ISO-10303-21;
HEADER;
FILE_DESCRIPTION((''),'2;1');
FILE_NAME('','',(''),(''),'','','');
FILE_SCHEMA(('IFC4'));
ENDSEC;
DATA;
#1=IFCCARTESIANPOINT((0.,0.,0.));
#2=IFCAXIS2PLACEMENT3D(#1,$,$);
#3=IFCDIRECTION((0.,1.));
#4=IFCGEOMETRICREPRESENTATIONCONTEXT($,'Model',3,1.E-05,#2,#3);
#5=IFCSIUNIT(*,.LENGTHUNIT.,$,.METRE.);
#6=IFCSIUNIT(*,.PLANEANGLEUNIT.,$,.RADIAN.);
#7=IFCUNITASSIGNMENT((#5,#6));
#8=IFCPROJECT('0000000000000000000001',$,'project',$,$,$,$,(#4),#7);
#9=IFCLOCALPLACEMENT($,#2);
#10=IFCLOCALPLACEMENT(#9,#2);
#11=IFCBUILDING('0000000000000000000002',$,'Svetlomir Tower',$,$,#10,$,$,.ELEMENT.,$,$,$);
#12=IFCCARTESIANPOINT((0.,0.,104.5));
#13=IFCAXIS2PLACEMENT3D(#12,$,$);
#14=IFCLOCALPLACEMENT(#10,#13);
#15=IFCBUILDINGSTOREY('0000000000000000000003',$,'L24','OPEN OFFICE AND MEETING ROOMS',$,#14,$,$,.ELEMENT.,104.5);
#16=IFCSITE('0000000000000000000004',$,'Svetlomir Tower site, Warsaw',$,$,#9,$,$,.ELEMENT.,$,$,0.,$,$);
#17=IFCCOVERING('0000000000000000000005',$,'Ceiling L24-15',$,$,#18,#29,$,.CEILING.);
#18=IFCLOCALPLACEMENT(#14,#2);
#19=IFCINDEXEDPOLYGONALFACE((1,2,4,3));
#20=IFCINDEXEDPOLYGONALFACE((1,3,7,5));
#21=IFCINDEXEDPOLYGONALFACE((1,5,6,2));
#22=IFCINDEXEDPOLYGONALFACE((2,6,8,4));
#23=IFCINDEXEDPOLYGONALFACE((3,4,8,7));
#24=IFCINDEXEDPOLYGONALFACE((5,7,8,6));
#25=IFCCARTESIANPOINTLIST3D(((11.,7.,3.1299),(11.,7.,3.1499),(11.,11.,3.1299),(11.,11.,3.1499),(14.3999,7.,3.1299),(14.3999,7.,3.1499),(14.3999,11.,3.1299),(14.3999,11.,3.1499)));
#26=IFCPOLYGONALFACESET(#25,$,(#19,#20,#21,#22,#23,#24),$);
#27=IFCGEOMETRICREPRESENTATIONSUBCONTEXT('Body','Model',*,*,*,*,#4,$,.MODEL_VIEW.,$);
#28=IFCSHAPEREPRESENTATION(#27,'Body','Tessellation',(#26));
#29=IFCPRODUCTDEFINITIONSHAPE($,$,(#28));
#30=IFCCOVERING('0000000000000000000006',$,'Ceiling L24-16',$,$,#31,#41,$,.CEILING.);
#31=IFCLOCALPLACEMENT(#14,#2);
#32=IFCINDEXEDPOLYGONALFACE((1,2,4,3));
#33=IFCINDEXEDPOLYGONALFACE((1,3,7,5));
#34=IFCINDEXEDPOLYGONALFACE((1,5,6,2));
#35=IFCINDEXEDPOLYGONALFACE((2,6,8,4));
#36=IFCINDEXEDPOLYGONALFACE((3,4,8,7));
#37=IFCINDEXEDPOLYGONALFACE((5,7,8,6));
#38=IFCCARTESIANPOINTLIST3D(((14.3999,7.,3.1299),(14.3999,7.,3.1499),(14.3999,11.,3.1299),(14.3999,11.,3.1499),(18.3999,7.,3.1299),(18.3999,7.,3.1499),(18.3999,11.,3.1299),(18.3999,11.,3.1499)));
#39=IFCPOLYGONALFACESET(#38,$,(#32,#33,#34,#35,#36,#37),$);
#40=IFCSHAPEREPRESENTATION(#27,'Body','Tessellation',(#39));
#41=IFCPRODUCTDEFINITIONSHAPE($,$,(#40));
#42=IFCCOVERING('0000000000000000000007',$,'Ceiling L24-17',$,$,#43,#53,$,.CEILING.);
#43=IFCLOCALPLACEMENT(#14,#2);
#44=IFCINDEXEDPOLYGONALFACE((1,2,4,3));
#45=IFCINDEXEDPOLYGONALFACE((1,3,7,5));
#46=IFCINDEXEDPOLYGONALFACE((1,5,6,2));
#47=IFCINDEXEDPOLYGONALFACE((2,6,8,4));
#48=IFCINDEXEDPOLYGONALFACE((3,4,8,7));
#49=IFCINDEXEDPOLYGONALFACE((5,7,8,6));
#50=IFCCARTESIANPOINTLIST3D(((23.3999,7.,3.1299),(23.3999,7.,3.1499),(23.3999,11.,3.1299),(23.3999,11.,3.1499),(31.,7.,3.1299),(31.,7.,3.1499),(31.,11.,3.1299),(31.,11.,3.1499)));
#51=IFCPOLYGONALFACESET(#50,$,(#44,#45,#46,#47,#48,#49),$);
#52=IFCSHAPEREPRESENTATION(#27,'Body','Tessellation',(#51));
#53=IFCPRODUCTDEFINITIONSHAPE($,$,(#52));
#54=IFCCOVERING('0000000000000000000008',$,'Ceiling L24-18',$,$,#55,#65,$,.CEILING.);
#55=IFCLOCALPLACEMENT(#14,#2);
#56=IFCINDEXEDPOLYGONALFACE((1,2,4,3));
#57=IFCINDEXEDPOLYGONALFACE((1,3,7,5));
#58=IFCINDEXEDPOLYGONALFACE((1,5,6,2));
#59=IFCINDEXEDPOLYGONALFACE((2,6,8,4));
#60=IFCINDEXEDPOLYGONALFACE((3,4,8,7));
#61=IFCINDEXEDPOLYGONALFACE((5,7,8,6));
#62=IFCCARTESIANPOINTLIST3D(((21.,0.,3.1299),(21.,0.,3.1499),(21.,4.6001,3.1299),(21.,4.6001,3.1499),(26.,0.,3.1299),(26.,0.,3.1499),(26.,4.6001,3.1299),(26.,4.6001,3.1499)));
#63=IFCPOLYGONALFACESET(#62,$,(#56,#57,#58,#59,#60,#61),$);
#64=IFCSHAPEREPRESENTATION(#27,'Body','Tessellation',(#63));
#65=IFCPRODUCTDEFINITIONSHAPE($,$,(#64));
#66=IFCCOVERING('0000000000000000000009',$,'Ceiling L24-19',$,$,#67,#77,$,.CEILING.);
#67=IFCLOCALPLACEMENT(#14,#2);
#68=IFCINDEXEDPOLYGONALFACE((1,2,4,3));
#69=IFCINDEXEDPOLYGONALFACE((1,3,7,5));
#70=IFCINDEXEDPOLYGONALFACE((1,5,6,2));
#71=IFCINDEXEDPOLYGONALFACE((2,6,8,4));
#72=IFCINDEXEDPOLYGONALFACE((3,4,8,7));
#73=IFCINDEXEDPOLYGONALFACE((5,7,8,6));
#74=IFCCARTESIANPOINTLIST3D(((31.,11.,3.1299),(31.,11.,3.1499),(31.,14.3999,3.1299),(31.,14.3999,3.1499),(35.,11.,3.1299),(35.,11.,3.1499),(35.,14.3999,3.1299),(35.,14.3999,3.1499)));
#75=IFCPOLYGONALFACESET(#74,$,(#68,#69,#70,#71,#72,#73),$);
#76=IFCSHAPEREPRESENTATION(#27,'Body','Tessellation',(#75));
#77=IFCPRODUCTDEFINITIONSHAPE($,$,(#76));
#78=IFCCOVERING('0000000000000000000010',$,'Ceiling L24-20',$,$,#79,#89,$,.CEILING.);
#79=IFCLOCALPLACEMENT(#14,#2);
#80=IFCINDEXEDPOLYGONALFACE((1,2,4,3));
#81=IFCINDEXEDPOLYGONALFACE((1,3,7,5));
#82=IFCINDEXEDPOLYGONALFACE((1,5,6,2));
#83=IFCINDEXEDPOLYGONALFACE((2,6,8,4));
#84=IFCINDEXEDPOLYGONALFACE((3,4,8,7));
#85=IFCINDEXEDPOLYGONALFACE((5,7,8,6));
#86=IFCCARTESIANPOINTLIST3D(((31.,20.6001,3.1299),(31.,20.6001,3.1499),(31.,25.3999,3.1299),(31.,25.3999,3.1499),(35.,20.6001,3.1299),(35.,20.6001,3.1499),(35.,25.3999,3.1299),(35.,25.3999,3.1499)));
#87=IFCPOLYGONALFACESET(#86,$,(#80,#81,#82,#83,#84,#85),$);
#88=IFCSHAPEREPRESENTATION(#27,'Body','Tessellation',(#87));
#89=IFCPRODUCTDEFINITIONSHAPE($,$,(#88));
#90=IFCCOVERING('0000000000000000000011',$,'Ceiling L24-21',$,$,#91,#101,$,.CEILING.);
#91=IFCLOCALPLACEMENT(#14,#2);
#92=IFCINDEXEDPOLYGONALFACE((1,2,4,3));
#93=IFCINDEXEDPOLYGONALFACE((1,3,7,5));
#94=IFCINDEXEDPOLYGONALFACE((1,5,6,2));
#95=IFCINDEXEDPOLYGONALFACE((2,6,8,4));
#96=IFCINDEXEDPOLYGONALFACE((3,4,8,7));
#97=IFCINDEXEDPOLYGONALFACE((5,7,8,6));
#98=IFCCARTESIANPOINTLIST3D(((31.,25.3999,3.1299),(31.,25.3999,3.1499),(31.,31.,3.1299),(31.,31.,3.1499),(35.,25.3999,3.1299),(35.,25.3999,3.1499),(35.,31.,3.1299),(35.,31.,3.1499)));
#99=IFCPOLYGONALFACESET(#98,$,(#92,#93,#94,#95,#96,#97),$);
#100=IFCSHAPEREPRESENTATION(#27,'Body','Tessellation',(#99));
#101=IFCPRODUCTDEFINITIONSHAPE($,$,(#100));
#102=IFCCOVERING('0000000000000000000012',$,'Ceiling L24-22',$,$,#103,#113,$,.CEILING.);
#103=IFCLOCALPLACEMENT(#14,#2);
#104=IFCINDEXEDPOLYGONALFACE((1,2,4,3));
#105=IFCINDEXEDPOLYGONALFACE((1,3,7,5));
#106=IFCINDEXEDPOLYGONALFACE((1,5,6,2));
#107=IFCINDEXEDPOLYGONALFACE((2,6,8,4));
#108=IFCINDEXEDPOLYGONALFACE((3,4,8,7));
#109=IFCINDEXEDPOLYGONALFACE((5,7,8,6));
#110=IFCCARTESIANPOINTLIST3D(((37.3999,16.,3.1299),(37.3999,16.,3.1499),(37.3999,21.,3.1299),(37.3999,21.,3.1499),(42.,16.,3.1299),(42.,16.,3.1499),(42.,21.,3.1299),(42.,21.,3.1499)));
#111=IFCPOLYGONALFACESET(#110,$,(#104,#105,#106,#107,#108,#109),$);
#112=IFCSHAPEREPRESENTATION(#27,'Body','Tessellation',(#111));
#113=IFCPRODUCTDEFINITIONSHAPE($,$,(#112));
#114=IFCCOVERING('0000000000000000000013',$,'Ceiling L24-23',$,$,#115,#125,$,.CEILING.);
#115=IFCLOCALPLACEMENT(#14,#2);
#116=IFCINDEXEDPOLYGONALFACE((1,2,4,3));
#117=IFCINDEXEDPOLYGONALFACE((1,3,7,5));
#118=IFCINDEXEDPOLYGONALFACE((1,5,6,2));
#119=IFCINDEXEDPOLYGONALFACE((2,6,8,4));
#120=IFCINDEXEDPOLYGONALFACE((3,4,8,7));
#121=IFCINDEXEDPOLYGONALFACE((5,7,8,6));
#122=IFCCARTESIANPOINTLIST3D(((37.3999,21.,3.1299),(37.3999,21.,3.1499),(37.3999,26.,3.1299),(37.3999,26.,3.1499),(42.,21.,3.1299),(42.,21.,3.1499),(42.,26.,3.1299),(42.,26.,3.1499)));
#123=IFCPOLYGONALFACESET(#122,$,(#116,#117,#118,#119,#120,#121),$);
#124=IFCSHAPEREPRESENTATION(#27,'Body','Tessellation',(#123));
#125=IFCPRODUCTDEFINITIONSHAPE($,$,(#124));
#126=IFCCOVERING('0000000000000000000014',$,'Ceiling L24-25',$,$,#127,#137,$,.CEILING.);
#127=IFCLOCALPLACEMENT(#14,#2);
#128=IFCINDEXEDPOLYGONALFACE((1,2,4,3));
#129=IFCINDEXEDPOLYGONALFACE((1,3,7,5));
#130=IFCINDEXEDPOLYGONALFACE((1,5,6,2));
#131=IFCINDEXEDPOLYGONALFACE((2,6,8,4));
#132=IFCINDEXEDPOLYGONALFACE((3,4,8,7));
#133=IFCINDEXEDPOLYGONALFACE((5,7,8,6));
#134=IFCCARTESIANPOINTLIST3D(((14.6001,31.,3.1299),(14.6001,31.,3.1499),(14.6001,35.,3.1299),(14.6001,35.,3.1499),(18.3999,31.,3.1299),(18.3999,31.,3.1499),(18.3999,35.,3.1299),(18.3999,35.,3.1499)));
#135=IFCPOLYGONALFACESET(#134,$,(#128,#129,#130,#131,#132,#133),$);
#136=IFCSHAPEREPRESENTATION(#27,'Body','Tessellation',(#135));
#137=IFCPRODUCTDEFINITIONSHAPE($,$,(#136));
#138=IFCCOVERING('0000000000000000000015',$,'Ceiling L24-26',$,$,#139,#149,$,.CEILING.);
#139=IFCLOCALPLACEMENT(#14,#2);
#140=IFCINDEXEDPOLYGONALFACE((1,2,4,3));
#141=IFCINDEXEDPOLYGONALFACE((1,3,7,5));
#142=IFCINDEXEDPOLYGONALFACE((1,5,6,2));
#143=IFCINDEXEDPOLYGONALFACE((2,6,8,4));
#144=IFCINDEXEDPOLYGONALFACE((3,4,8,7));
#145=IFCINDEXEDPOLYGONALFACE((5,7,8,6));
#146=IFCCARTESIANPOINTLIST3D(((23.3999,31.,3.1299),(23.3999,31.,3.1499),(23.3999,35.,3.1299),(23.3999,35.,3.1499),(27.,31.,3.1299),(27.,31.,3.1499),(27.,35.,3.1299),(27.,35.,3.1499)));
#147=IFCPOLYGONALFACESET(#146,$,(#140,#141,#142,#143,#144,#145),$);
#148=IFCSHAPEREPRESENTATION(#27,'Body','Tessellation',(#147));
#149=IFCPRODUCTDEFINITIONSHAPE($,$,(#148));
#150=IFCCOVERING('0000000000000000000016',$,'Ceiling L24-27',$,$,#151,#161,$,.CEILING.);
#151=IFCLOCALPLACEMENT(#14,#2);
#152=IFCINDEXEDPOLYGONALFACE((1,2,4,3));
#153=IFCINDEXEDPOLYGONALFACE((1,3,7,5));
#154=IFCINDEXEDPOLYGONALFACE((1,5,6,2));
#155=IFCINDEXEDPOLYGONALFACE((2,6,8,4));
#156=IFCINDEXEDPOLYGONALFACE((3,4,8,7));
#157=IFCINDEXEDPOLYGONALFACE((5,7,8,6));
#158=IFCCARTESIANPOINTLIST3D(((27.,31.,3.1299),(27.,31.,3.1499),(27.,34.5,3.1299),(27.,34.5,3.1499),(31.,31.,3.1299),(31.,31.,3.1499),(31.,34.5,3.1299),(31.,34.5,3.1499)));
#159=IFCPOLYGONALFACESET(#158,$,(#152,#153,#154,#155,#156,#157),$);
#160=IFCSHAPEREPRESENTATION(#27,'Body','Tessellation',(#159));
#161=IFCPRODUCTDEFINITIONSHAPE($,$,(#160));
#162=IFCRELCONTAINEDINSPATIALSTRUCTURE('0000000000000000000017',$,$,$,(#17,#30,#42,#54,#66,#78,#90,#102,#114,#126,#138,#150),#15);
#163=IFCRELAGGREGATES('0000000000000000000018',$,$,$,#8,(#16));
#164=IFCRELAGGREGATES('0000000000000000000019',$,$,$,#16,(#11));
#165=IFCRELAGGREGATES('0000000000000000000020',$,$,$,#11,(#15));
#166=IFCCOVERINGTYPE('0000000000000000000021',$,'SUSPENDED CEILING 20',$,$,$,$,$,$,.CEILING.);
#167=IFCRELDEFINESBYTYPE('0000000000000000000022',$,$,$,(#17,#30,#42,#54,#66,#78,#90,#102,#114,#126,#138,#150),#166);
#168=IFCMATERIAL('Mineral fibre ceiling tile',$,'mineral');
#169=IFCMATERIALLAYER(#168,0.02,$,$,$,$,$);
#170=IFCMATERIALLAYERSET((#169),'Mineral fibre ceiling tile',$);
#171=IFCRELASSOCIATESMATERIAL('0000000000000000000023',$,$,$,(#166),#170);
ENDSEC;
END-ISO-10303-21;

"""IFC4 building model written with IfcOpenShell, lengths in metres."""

from ifc_helpers import new_model, si_unit, direction, frame, origin, place, context, subcontext, project, spatial, polyline, outline, extrude, material, layer, layer_set, type_object, element, save


model = new_model("IFC4")

# Units and contexts
model_context = context("Model", 3, precision=1e-05, world=origin(), true_north=direction((0.0, 1.0)))
body_context = subcontext(model_context, "Body", "Model", "MODEL_VIEW")
ifc_project = project(units=[si_unit("LENGTHUNIT", "METRE"), si_unit("PLANEANGLEUNIT", "RADIAN")], contexts=[model_context])

# Site, building, storey
site_placement = place(None, origin())
site = spatial("IfcSite", under=ifc_project, at=site_placement, Name="Svetlomir Tower site, Warsaw", CompositionType="ELEMENT", RefElevation=0.0)
building_placement = place(site_placement, origin())
building = spatial("IfcBuilding", under=site, at=building_placement, Name="Svetlomir Tower", CompositionType="ELEMENT")
storey_placement = place(building_placement, frame((0.0, 0.0, 104.5)))
storey = spatial("IfcBuildingStorey", under=building, at=storey_placement, Name="L24", Description="OPEN OFFICE AND MEETING ROOMS", CompositionType="ELEMENT", Elevation=104.5)

# Coverings
ifc_material_1 = material(Name="Mineral fibre ceiling tile", Category="mineral")
ifc_layer_1 = layer(ifc_material_1, 0.02)
ifc_layer_set_1 = layer_set([ifc_layer_1], Name="Mineral fibre ceiling tile")
covering_type_1 = type_object("IfcCoveringType", Name="SUSPENDED CEILING 20", PredefinedType="CEILING", material=ifc_layer_set_1)
covering_1_placement = place(storey_placement, frame((0.0, 0.0, 3.1299)))
element("IfcCovering", 1, at=covering_1_placement, inside=storey, type_object=covering_type_1, Name="Ceiling L24-15", PredefinedType="CEILING", context=body_context, shape_type="SweptSolid", body=[
    extrude(outline(polyline([(11.0, 7.0), (14.3999, 7.0), (14.3999, 11.0), (11.0, 11.0), (11.0, 7.0)])), origin(), (0.0, 0.0, 1.0), 0.02),
])
covering_2_placement = place(storey_placement, frame((0.0, 0.0, 3.1299)))
element("IfcCovering", 2, at=covering_2_placement, inside=storey, type_object=covering_type_1, Name="Ceiling L24-16", PredefinedType="CEILING", context=body_context, shape_type="SweptSolid", body=[
    extrude(outline(polyline([(14.3999, 7.0), (18.3999, 7.0), (18.3999, 11.0), (14.3999, 11.0), (14.3999, 7.0)])), origin(), (0.0, 0.0, 1.0), 0.02),
])
covering_3_placement = place(storey_placement, frame((0.0, 0.0, 3.1299)))
element("IfcCovering", 3, at=covering_3_placement, inside=storey, type_object=covering_type_1, Name="Ceiling L24-17", PredefinedType="CEILING", context=body_context, shape_type="SweptSolid", body=[
    extrude(outline(polyline([(23.3999, 7.0), (31.0, 7.0), (31.0, 11.0), (23.3999, 11.0), (23.3999, 7.0)])), origin(), (0.0, 0.0, 1.0), 0.02),
])
covering_4_placement = place(storey_placement, frame((0.0, 0.0, 3.1299)))
element("IfcCovering", 4, at=covering_4_placement, inside=storey, type_object=covering_type_1, Name="Ceiling L24-18", PredefinedType="CEILING", context=body_context, shape_type="SweptSolid", body=[
    extrude(outline(polyline([(21.0, 0.0), (26.0, 0.0), (26.0, 4.6001), (21.0, 4.6001), (21.0, 0.0)])), origin(), (0.0, 0.0, 1.0), 0.02),
])
covering_5_placement = place(storey_placement, frame((0.0, 0.0, 3.1299)))
element("IfcCovering", 5, at=covering_5_placement, inside=storey, type_object=covering_type_1, Name="Ceiling L24-19", PredefinedType="CEILING", context=body_context, shape_type="SweptSolid", body=[
    extrude(outline(polyline([(31.0, 11.0), (35.0, 11.0), (35.0, 14.3999), (31.0, 14.3999), (31.0, 11.0)])), origin(), (0.0, 0.0, 1.0), 0.02),
])
covering_6_placement = place(storey_placement, frame((0.0, 0.0, 3.1299)))
element("IfcCovering", 6, at=covering_6_placement, inside=storey, type_object=covering_type_1, Name="Ceiling L24-20", PredefinedType="CEILING", context=body_context, shape_type="SweptSolid", body=[
    extrude(outline(polyline([(31.0, 20.6001), (35.0, 20.6001), (35.0, 25.3999), (31.0, 25.3999), (31.0, 20.6001)])), origin(), (0.0, 0.0, 1.0), 0.02),
])
covering_7_placement = place(storey_placement, frame((0.0, 0.0, 3.1299)))
element("IfcCovering", 7, at=covering_7_placement, inside=storey, type_object=covering_type_1, Name="Ceiling L24-21", PredefinedType="CEILING", context=body_context, shape_type="SweptSolid", body=[
    extrude(outline(polyline([(31.0, 25.3999), (35.0, 25.3999), (35.0, 31.0), (31.0, 31.0), (31.0, 25.3999)])), origin(), (0.0, 0.0, 1.0), 0.02),
])
covering_8_placement = place(storey_placement, frame((0.0, 0.0, 3.1299)))
element("IfcCovering", 8, at=covering_8_placement, inside=storey, type_object=covering_type_1, Name="Ceiling L24-22", PredefinedType="CEILING", context=body_context, shape_type="SweptSolid", body=[
    extrude(outline(polyline([(37.3999, 16.0), (42.0, 16.0), (42.0, 21.0), (37.3999, 21.0), (37.3999, 16.0)])), origin(), (0.0, 0.0, 1.0), 0.02),
])
covering_9_placement = place(storey_placement, frame((0.0, 0.0, 3.1299)))
element("IfcCovering", 9, at=covering_9_placement, inside=storey, type_object=covering_type_1, Name="Ceiling L24-23", PredefinedType="CEILING", context=body_context, shape_type="SweptSolid", body=[
    extrude(outline(polyline([(37.3999, 21.0), (42.0, 21.0), (42.0, 26.0), (37.3999, 26.0), (37.3999, 21.0)])), origin(), (0.0, 0.0, 1.0), 0.02),
])
covering_10_placement = place(storey_placement, frame((0.0, 0.0, 3.1299)))
element("IfcCovering", 10, at=covering_10_placement, inside=storey, type_object=covering_type_1, Name="Ceiling L24-25", PredefinedType="CEILING", context=body_context, shape_type="SweptSolid", body=[
    extrude(outline(polyline([(14.6001, 31.0), (18.3999, 31.0), (18.3999, 35.0), (14.6001, 35.0), (14.6001, 31.0)])), origin(), (0.0, 0.0, 1.0), 0.02),
])
covering_11_placement = place(storey_placement, frame((0.0, 0.0, 3.1299)))
element("IfcCovering", 11, at=covering_11_placement, inside=storey, type_object=covering_type_1, Name="Ceiling L24-26", PredefinedType="CEILING", context=body_context, shape_type="SweptSolid", body=[
    extrude(outline(polyline([(23.3999, 31.0), (27.0, 31.0), (27.0, 35.0), (23.3999, 35.0), (23.3999, 31.0)])), origin(), (0.0, 0.0, 1.0), 0.02),
])
covering_12_placement = place(storey_placement, frame((0.0, 0.0, 3.1299)))
element("IfcCovering", 12, at=covering_12_placement, inside=storey, type_object=covering_type_1, Name="Ceiling L24-27", PredefinedType="CEILING", context=body_context, shape_type="SweptSolid", body=[
    extrude(outline(polyline([(27.0, 31.0), (31.0, 31.0), (31.0, 34.5), (27.0, 34.5), (27.0, 31.0)])), origin(), (0.0, 0.0, 1.0), 0.02),
])

save(model, "model.ifc")
